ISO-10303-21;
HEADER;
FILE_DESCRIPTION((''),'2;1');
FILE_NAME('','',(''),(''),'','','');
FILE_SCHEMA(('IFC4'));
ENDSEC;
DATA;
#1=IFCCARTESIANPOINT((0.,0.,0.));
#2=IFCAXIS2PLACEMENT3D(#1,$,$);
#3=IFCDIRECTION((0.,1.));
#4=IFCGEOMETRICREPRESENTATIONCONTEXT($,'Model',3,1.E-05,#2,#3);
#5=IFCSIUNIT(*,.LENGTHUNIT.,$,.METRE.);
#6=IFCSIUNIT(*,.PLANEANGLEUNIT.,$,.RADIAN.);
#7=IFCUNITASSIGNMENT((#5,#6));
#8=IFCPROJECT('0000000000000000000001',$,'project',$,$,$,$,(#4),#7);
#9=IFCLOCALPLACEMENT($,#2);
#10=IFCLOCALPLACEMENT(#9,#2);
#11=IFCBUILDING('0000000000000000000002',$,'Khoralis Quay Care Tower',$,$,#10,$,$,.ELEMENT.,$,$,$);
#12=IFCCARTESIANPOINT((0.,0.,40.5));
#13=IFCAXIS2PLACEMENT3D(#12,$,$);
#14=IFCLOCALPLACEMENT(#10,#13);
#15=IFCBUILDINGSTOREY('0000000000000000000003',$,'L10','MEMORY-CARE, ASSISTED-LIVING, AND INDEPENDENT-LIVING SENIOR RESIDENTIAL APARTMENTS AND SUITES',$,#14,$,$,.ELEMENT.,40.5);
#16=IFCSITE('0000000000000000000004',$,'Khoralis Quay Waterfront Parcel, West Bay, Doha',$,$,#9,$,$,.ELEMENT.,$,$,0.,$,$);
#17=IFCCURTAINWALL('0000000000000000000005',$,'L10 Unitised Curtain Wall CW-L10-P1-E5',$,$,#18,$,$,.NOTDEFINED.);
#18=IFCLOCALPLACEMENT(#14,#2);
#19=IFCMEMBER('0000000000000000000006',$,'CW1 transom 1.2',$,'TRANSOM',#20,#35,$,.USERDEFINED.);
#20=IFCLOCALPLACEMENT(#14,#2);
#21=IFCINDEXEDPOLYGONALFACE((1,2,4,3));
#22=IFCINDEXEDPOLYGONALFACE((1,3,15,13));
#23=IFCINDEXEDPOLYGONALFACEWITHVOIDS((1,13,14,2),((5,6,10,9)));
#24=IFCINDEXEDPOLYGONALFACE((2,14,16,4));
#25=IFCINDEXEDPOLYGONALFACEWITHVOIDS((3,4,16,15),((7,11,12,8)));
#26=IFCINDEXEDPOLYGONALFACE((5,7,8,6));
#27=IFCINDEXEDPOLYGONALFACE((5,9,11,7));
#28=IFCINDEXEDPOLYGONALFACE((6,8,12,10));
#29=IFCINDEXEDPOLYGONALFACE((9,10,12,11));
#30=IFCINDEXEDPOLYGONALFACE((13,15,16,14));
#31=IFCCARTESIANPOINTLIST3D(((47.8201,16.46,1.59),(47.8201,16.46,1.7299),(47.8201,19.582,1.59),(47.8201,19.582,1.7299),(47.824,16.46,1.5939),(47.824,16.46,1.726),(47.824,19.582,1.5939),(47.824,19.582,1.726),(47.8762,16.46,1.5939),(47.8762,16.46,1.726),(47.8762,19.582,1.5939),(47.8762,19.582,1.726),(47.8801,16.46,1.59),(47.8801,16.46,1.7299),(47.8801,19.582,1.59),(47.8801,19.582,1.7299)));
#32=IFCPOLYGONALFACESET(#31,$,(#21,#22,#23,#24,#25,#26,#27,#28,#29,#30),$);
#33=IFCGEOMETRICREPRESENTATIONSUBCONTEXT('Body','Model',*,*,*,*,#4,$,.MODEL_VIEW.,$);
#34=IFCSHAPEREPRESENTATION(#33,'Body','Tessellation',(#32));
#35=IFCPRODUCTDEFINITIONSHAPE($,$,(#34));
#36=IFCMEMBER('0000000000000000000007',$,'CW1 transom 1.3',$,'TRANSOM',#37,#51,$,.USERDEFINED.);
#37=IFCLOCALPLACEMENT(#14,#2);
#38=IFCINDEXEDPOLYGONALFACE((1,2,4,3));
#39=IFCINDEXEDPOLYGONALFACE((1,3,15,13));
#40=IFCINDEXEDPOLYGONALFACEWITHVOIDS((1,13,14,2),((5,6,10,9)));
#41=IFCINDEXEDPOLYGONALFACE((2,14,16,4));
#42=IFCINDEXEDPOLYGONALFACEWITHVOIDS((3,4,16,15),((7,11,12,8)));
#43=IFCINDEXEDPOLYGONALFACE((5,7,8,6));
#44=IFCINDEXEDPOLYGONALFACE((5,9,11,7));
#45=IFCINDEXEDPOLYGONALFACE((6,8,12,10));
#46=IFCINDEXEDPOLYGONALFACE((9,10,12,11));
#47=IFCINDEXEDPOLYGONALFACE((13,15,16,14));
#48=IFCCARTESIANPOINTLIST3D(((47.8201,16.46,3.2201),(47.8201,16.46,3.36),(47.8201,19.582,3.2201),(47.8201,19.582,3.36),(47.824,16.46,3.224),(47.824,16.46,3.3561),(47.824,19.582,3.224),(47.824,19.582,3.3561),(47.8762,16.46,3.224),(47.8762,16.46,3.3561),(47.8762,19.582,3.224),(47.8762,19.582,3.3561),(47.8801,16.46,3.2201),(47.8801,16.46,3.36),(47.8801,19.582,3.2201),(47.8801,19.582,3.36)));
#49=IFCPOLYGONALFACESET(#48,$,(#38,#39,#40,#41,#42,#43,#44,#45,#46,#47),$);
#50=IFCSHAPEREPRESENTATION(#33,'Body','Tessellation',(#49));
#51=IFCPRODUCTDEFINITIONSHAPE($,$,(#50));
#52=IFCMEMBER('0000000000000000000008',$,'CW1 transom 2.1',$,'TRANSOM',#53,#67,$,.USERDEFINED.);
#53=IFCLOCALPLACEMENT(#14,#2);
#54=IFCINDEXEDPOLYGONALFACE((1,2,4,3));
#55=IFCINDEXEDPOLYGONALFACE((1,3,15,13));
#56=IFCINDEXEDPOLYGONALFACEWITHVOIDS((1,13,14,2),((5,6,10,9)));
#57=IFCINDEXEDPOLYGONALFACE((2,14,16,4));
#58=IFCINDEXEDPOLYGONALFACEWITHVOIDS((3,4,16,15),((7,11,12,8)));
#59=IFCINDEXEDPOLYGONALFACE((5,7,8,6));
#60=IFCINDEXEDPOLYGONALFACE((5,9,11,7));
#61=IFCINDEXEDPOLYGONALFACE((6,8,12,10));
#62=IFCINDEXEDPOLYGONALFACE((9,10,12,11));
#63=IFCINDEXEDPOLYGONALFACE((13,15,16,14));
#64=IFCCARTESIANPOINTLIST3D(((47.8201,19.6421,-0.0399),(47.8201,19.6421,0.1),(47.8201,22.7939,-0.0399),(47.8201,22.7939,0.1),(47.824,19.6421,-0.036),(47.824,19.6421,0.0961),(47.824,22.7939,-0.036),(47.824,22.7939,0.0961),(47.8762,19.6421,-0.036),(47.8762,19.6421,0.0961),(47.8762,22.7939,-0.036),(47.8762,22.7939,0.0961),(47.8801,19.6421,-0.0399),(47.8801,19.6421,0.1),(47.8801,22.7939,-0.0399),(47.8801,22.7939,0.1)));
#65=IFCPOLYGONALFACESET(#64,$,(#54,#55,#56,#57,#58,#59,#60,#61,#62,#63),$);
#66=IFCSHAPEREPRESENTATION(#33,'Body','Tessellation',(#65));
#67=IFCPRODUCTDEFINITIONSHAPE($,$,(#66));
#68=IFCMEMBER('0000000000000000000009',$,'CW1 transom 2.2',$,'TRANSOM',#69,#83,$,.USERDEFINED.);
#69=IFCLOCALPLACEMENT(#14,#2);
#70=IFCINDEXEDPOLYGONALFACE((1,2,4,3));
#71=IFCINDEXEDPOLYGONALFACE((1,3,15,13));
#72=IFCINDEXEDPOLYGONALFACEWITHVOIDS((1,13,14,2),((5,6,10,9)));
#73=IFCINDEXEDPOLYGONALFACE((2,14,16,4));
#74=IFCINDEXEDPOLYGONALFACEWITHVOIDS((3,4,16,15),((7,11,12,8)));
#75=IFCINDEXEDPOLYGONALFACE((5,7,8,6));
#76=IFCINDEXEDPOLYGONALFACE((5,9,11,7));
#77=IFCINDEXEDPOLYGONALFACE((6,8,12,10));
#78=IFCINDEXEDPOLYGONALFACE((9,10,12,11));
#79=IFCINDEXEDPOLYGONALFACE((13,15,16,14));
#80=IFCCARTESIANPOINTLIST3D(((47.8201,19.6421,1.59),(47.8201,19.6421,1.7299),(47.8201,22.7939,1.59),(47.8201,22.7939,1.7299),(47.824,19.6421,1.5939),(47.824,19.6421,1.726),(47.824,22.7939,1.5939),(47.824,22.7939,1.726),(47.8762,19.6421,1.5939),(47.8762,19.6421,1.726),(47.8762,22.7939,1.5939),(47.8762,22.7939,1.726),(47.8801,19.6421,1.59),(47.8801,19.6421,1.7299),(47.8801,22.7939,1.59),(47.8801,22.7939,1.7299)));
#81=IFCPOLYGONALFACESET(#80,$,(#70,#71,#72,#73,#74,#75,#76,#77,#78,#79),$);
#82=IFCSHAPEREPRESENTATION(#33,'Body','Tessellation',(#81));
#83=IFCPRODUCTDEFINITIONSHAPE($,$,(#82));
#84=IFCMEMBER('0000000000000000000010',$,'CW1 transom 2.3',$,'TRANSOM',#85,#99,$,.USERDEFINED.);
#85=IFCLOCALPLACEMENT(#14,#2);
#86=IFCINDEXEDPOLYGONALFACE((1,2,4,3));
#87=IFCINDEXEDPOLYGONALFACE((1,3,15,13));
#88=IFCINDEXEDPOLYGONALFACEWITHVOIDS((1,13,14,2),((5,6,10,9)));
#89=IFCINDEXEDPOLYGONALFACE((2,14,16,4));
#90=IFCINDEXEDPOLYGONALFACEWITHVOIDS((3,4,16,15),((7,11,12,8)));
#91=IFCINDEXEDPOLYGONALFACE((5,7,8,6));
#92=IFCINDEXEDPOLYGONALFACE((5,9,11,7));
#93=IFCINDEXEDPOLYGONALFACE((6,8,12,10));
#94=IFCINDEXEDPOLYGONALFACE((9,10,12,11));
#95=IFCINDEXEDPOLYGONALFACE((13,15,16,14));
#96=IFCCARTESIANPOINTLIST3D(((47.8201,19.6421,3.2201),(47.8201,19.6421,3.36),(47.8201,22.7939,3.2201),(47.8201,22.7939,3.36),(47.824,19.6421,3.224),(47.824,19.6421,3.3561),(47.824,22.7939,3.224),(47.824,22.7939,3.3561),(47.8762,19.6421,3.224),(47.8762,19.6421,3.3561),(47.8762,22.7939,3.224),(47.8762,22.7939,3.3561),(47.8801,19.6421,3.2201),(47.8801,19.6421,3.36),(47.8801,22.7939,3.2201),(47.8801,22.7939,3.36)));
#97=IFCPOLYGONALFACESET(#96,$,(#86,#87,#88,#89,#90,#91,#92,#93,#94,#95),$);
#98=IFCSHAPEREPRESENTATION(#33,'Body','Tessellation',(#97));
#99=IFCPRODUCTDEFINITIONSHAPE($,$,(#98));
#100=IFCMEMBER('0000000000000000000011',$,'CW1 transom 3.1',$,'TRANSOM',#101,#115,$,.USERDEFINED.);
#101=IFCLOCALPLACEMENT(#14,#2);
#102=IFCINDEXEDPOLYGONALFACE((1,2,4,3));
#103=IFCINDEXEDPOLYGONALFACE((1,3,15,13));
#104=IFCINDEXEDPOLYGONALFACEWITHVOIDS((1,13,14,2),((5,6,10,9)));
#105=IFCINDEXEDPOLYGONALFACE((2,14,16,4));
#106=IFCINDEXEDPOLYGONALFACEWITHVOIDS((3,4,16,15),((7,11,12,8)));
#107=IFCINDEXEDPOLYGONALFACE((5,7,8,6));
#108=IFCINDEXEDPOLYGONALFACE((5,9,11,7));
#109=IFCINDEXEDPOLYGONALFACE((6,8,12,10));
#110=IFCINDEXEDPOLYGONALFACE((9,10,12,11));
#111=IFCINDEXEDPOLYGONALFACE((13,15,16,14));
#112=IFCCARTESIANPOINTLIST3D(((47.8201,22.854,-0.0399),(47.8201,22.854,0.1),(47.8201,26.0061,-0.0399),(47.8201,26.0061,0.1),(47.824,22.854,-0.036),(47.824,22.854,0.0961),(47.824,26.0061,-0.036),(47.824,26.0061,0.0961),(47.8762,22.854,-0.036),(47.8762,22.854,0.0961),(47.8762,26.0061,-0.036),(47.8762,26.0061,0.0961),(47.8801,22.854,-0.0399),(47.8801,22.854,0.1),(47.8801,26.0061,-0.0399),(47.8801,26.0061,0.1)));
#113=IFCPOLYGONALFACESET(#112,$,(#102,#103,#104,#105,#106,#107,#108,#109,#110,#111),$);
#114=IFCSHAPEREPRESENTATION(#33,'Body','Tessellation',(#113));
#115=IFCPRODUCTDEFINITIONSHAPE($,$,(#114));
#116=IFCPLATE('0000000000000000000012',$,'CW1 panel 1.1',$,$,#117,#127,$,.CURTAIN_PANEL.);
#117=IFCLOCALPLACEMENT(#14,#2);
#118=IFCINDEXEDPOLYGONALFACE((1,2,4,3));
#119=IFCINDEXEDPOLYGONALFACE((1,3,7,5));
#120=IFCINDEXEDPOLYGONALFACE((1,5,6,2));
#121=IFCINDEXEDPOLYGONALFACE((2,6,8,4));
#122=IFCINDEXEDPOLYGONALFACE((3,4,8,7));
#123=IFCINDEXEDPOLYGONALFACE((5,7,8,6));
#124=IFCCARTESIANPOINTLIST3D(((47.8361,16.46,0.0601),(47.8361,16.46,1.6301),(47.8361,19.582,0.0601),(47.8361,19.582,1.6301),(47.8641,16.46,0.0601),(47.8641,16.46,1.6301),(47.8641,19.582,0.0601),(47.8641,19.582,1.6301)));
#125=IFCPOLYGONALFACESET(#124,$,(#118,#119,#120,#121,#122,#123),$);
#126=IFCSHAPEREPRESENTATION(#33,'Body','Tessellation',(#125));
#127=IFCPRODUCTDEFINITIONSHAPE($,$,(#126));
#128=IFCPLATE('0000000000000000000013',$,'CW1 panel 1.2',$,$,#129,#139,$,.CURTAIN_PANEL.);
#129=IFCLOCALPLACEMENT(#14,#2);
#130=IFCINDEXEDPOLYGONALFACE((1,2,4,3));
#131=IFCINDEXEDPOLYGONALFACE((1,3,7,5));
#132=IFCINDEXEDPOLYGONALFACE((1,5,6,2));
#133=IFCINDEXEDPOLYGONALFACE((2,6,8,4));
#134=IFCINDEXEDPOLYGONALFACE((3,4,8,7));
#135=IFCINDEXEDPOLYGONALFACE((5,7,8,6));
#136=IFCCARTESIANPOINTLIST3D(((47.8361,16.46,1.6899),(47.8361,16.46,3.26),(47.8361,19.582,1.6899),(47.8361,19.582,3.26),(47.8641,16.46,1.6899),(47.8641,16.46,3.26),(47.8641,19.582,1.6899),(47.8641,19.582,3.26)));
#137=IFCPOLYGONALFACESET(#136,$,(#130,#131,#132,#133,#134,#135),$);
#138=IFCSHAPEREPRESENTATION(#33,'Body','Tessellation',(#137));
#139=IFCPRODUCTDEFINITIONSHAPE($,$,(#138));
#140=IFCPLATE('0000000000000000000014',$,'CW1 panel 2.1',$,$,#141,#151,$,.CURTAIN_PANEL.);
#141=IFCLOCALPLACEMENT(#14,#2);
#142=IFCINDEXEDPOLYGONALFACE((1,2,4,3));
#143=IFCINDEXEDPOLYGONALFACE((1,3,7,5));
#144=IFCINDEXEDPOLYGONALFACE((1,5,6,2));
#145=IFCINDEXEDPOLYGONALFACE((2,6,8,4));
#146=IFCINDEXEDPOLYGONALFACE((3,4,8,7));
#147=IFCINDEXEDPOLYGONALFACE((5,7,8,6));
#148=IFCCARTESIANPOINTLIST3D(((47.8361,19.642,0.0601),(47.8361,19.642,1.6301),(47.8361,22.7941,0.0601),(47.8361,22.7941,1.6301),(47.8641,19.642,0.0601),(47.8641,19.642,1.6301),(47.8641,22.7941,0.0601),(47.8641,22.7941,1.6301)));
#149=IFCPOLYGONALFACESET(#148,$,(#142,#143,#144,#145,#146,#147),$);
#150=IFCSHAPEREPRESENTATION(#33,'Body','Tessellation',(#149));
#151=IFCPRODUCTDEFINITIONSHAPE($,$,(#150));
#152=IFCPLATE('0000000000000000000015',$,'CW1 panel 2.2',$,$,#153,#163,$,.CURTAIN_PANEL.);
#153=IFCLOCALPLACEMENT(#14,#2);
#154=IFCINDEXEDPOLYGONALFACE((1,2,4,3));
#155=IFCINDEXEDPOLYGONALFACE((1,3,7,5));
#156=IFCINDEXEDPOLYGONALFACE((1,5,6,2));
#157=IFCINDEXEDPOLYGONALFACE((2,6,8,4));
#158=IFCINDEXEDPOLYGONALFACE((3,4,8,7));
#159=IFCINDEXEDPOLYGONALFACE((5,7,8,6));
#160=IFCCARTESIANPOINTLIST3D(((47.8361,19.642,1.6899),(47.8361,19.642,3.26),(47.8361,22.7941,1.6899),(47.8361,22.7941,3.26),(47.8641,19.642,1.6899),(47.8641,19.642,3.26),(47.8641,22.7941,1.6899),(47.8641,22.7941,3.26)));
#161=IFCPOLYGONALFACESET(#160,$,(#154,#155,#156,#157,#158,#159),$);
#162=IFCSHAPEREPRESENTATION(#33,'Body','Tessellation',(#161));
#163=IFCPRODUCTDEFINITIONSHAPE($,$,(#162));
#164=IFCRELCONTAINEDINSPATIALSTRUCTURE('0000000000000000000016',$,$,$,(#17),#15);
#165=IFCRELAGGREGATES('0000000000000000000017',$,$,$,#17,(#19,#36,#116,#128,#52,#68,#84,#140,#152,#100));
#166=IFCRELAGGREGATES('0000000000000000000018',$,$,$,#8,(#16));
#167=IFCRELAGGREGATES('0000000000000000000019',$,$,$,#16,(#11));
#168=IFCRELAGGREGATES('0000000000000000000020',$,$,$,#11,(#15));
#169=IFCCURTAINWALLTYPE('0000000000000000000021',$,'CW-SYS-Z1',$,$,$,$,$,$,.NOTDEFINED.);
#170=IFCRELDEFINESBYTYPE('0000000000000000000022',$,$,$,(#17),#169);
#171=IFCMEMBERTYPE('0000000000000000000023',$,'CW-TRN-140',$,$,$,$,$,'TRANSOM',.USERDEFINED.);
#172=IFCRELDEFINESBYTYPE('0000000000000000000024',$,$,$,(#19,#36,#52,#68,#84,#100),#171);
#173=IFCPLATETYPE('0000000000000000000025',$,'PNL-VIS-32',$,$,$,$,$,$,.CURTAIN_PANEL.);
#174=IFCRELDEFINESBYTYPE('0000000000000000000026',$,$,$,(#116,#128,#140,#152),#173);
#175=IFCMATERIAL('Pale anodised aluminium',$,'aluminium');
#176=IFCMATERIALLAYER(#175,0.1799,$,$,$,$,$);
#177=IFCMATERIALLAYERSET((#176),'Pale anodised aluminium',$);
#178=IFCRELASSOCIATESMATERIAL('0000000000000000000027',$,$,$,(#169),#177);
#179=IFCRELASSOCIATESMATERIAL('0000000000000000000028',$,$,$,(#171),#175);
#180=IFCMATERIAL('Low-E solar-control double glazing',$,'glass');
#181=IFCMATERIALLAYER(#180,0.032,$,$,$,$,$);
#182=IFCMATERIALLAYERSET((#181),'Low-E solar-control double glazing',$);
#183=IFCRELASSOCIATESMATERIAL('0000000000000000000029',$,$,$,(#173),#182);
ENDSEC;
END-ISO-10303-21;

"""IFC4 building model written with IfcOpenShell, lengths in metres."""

from ifc_helpers import new_model, si_unit, direction, frame, origin, origin_2d, place, context, subcontext, project, spatial, rectangle, hollow_rectangle, extrude, source, transform, mapped, material, layer, layer_set, material_profile, profile_set, type_object, element, aggregate, save


model = new_model("IFC4")

# Units and contexts
model_context = context("Model", 3, precision=1e-05, world=origin(), true_north=direction((0.0, 1.0)))
body_context = subcontext(model_context, "Body", "Model", "MODEL_VIEW")
ifc_project = project(units=[si_unit("LENGTHUNIT", "METRE"), si_unit("PLANEANGLEUNIT", "RADIAN")], contexts=[model_context])

# Site, building, storey
site_placement = place(None, origin())
site = spatial("IfcSite", under=ifc_project, at=site_placement, Name="Khoralis Quay Waterfront Parcel, West Bay, Doha", CompositionType="ELEMENT", RefElevation=0.0)
building_placement = place(site_placement, origin())
building = spatial("IfcBuilding", under=site, at=building_placement, Name="Khoralis Quay Care Tower", CompositionType="ELEMENT")
storey_placement = place(building_placement, frame((0.0, 0.0, 40.5)))
storey = spatial("IfcBuildingStorey", under=building, at=storey_placement, Name="L10", Description="MEMORY-CARE, ASSISTED-LIVING, AND INDEPENDENT-LIVING SENIOR RESIDENTIAL APARTMENTS AND SUITES", CompositionType="ELEMENT", Elevation=40.5)

# Curtain wall, members, plates
ifc_material_1 = material(Name="Pale anodised aluminium", Category="aluminium")
ifc_layer_1 = layer(ifc_material_1, 0.1799)
ifc_layer_set_1 = layer_set([ifc_layer_1], Name="Pale anodised aluminium")
curtain_wall_type = type_object("IfcCurtainWallType", Name="CW-SYS-Z1", PredefinedType="NOTDEFINED", material=ifc_layer_set_1)
curtain_wall_placement = place(storey_placement, origin())
curtain_wall = element("IfcCurtainWall", 1, at=curtain_wall_placement, inside=storey, type_object=curtain_wall_type, Name="L10 Unitised Curtain Wall CW-L10-P1-E5", PredefinedType="NOTDEFINED")
ifc_material_profile_1 = material_profile(ifc_material_1, hollow_rectangle(XDim=0.0601, YDim=0.1399, WallThickness=0.0039, at=origin_2d()), Name="Pale anodised aluminium")
ifc_profile_set_1 = profile_set([ifc_material_profile_1], Name="Pale anodised aluminium")
member_type_1 = type_object("IfcMemberType", Name="CW-TRN-140", ElementType="TRANSOM", PredefinedType="USERDEFINED", material=ifc_profile_set_1)
shared_shape_1 = source(origin(), body_context, "Body", "SweptSolid", [
    extrude(hollow_rectangle(XDim=0.0601, YDim=0.1399, WallThickness=0.0039, at=origin_2d()), origin(), (0.0, 0.0, 1.0), 3.1221),
])
member_1_placement = place(storey_placement, frame((47.8501, 16.46, 1.6599), z_axis=(0.0, 1.0, 0.0), x_axis=(-1.0, 0.0, 0.0)))
member_1 = element("IfcMember", 2, at=member_1_placement, type_object=member_type_1, Name="CW1 transom 1.2", ObjectType="TRANSOM", PredefinedType="USERDEFINED", context=body_context, shape_type="MappedRepresentation", body=[
    mapped(shared_shape_1, transform((0.0, 0.0, 0.0), scale=1.0)),
])
member_2_placement = place(storey_placement, frame((47.8501, 16.46, 3.29), z_axis=(0.0, 1.0, 0.0), x_axis=(-1.0, 0.0, 0.0)))
member_2 = element("IfcMember", 3, at=member_2_placement, type_object=member_type_1, Name="CW1 transom 1.3", ObjectType="TRANSOM", PredefinedType="USERDEFINED", context=body_context, shape_type="MappedRepresentation", body=[
    mapped(shared_shape_1, transform((0.0, 0.0, 0.0), scale=1.0)),
])
shared_shape_2 = source(origin(), body_context, "Body", "SweptSolid", [
    extrude(hollow_rectangle(XDim=0.0601, YDim=0.1399, WallThickness=0.0039, at=origin_2d()), origin(), (0.0, 0.0, 1.0), 3.1519),
])
member_3_placement = place(storey_placement, frame((47.8501, 19.6421, 0.03), z_axis=(0.0, 1.0, 0.0), x_axis=(-1.0, 0.0, 0.0)))
member_3 = element("IfcMember", 4, at=member_3_placement, type_object=member_type_1, Name="CW1 transom 2.1", ObjectType="TRANSOM", PredefinedType="USERDEFINED", context=body_context, shape_type="MappedRepresentation", body=[
    mapped(shared_shape_2, transform((0.0, 0.0, 0.0), scale=1.0)),
])
member_4_placement = place(storey_placement, frame((47.8501, 19.6421, 1.6599), z_axis=(0.0, 1.0, 0.0), x_axis=(-1.0, 0.0, 0.0)))
member_4 = element("IfcMember", 5, at=member_4_placement, type_object=member_type_1, Name="CW1 transom 2.2", ObjectType="TRANSOM", PredefinedType="USERDEFINED", context=body_context, shape_type="MappedRepresentation", body=[
    mapped(shared_shape_2, transform((0.0, 0.0, 0.0), scale=1.0)),
])
member_5_placement = place(storey_placement, frame((47.8501, 19.6421, 3.29), z_axis=(0.0, 1.0, 0.0), x_axis=(-1.0, 0.0, 0.0)))
member_5 = element("IfcMember", 6, at=member_5_placement, type_object=member_type_1, Name="CW1 transom 2.3", ObjectType="TRANSOM", PredefinedType="USERDEFINED", context=body_context, shape_type="MappedRepresentation", body=[
    mapped(shared_shape_2, transform((0.0, 0.0, 0.0), scale=1.0)),
])
shared_shape_3 = source(origin(), body_context, "Body", "SweptSolid", [
    extrude(hollow_rectangle(XDim=0.0601, YDim=0.1399, WallThickness=0.0039, at=origin_2d()), origin(), (0.0, 0.0, 1.0), 3.1521),
])
member_6_placement = place(storey_placement, frame((47.8501, 22.854, 0.03), z_axis=(0.0, 1.0, 0.0), x_axis=(-1.0, 0.0, 0.0)))
member_6 = element("IfcMember", 7, at=member_6_placement, type_object=member_type_1, Name="CW1 transom 3.1", ObjectType="TRANSOM", PredefinedType="USERDEFINED", context=body_context, shape_type="MappedRepresentation", body=[
    mapped(shared_shape_3, transform((0.0, 0.0, 0.0), scale=1.0)),
])
ifc_material_2 = material(Name="Low-E solar-control double glazing", Category="glass")
ifc_layer_2 = layer(ifc_material_2, 0.032)
ifc_layer_set_2 = layer_set([ifc_layer_2], Name="Low-E solar-control double glazing")
plate_type = type_object("IfcPlateType", Name="PNL-VIS-32", PredefinedType="CURTAIN_PANEL", material=ifc_layer_set_2)
shared_shape_4 = source(origin(), body_context, "Body", "SweptSolid", [
    extrude(rectangle(XDim=3.1221, YDim=0.0281, at=origin_2d()), origin(), (0.0, 0.0, 1.0), 1.5701),
])
plate_1_placement = place(storey_placement, frame((47.8501, 18.021, 0.0601), z_axis=(0.0, 0.0, 1.0), x_axis=(0.0, 1.0, 0.0)))
plate_1 = element("IfcPlate", 8, at=plate_1_placement, type_object=plate_type, Name="CW1 panel 1.1", PredefinedType="CURTAIN_PANEL", context=body_context, shape_type="MappedRepresentation", body=[
    mapped(shared_shape_4, transform((0.0, 0.0, 0.0), scale=1.0)),
])
plate_2_placement = place(storey_placement, frame((47.8501, 18.021, 1.6899), z_axis=(0.0, 0.0, 1.0), x_axis=(0.0, 1.0, 0.0)))
plate_2 = element("IfcPlate", 9, at=plate_2_placement, type_object=plate_type, Name="CW1 panel 1.2", PredefinedType="CURTAIN_PANEL", context=body_context, shape_type="MappedRepresentation", body=[
    mapped(shared_shape_4, transform((0.0, 0.0, 0.0), scale=1.0)),
])
shared_shape_5 = source(origin(), body_context, "Body", "SweptSolid", [
    extrude(rectangle(XDim=3.1521, YDim=0.0281, at=origin_2d()), origin(), (0.0, 0.0, 1.0), 1.5701),
])
plate_3_placement = place(storey_placement, frame((47.8501, 21.218, 0.0601), z_axis=(0.0, 0.0, 1.0), x_axis=(0.0, 1.0, 0.0)))
plate_3 = element("IfcPlate", 10, at=plate_3_placement, type_object=plate_type, Name="CW1 panel 2.1", PredefinedType="CURTAIN_PANEL", context=body_context, shape_type="MappedRepresentation", body=[
    mapped(shared_shape_5, transform((0.0, 0.0, 0.0), scale=1.0)),
])
plate_4_placement = place(storey_placement, frame((47.8501, 21.218, 1.6899), z_axis=(0.0, 0.0, 1.0), x_axis=(0.0, 1.0, 0.0)))
plate_4 = element("IfcPlate", 11, at=plate_4_placement, type_object=plate_type, Name="CW1 panel 2.2", PredefinedType="CURTAIN_PANEL", context=body_context, shape_type="MappedRepresentation", body=[
    mapped(shared_shape_5, transform((0.0, 0.0, 0.0), scale=1.0)),
])
aggregate(curtain_wall, [member_1, member_2, plate_1, plate_2, member_3, member_4, member_5, plate_3, plate_4, member_6])

save(model, "model.ifc")
